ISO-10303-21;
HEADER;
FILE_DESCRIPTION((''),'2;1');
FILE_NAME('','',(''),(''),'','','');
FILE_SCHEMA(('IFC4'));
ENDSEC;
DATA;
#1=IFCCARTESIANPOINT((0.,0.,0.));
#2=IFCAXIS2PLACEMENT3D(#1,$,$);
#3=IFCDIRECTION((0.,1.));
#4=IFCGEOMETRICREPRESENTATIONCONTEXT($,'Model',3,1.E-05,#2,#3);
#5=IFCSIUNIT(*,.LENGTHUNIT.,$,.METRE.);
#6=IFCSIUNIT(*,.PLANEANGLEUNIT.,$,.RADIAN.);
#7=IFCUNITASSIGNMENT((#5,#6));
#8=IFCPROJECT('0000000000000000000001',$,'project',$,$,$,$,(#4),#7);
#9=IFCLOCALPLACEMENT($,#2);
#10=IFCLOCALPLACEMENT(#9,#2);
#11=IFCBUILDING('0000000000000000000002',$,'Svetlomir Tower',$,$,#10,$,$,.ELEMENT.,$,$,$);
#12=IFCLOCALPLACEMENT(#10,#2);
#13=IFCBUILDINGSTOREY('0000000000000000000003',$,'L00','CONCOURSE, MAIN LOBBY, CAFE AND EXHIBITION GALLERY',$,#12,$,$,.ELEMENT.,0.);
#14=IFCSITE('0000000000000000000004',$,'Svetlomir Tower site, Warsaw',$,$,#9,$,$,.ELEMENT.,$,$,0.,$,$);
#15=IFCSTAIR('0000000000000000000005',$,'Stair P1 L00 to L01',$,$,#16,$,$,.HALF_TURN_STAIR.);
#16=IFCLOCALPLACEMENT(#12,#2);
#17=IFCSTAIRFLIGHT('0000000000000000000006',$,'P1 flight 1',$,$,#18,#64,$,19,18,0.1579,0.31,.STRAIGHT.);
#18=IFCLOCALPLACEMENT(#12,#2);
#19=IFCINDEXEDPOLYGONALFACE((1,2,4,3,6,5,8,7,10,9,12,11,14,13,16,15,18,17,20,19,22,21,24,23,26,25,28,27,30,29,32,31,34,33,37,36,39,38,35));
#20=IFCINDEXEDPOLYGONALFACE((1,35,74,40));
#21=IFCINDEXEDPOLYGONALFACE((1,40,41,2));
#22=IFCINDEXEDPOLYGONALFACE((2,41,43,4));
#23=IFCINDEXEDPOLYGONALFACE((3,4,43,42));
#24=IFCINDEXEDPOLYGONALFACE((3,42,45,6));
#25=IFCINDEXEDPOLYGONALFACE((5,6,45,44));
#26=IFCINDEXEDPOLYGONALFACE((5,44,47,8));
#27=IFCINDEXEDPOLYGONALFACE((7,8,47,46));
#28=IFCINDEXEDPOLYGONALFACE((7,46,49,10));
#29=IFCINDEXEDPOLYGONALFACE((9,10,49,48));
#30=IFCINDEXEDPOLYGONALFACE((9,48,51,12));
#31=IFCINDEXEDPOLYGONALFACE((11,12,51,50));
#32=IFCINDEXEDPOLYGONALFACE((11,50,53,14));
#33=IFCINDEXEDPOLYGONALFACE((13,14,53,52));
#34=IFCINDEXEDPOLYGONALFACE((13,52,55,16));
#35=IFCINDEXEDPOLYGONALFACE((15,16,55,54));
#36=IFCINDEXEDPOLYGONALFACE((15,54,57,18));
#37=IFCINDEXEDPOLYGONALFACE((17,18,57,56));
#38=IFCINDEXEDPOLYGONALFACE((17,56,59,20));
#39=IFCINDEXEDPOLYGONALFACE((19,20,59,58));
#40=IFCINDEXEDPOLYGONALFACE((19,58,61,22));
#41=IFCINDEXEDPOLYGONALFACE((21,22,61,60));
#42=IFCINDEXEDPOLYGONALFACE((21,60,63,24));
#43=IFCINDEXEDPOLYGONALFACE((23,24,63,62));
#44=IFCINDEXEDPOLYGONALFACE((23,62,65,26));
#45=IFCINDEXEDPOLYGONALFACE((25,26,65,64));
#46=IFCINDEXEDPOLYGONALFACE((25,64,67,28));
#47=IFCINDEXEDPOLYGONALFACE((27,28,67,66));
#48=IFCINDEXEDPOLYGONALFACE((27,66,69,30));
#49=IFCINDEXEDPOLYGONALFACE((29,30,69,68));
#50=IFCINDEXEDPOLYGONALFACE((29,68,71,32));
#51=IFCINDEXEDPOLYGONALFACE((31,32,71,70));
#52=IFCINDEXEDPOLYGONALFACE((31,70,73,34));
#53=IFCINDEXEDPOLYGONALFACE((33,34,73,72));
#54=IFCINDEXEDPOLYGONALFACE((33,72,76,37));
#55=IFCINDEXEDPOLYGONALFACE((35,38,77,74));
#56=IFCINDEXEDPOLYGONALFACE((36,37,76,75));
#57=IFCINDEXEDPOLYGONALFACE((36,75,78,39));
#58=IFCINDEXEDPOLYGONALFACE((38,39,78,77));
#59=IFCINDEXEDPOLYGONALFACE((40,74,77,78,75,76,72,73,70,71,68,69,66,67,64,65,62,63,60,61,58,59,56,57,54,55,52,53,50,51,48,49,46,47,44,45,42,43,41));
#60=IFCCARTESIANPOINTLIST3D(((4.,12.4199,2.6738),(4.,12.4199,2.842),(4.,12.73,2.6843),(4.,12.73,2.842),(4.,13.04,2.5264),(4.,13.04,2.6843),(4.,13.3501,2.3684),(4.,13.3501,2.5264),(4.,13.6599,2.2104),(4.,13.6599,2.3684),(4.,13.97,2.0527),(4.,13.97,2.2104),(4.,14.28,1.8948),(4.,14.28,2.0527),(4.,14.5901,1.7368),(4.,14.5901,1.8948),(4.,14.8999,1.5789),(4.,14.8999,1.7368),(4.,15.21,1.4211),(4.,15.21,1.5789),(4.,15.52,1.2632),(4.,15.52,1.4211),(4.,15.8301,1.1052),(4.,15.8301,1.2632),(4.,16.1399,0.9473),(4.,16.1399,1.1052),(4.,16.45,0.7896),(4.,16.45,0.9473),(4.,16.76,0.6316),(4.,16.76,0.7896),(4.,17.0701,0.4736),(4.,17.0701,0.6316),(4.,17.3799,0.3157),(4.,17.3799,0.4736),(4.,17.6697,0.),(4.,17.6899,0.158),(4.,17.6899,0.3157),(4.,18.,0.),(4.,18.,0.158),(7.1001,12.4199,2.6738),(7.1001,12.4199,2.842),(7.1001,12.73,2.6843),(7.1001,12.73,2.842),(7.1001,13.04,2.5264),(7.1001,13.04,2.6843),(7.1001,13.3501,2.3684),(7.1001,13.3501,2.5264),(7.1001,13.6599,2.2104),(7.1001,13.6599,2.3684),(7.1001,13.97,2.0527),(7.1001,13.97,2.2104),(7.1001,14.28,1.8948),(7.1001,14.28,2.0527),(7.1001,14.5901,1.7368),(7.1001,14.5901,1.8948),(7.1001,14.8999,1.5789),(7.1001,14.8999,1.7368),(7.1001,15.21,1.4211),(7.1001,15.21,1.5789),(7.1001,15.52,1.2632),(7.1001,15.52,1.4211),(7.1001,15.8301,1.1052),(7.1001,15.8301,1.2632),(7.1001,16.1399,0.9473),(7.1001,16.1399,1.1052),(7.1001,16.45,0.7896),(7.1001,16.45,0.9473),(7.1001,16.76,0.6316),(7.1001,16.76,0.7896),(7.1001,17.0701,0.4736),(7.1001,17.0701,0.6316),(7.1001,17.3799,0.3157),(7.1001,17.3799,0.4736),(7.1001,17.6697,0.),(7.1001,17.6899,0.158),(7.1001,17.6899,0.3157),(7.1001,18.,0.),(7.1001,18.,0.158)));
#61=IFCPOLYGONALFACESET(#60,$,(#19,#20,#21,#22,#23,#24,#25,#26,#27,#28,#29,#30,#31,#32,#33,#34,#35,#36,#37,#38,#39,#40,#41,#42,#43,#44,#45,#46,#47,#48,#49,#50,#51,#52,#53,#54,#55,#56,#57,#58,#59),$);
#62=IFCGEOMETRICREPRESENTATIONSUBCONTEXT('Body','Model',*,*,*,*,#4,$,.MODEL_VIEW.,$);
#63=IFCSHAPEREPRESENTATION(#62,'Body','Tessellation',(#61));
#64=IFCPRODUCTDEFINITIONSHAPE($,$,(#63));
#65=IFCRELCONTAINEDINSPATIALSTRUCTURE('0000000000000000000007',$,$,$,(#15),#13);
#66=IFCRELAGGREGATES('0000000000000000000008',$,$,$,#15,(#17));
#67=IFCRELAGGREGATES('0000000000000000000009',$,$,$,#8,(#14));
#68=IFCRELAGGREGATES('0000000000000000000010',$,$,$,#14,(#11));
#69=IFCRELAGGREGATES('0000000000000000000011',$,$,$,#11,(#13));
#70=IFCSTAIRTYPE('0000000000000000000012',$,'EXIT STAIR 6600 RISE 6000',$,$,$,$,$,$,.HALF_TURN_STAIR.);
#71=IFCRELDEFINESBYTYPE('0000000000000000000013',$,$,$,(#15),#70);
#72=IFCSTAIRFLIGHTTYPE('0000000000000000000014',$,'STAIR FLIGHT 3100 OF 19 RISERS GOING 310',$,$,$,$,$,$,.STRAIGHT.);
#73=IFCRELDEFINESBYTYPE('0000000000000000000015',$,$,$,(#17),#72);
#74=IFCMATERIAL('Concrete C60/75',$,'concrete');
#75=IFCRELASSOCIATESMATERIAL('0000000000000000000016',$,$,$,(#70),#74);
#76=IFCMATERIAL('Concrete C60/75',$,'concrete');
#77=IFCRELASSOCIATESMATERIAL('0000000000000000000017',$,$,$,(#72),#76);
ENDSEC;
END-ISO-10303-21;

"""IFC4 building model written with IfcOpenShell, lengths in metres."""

from ifc_helpers import new_model, si_unit, direction, frame, origin, place, context, subcontext, project, spatial, polyline, outline, extrude, material, type_object, element, aggregate, save


model = new_model("IFC4")

# Units and contexts
model_context = context("Model", 3, precision=1e-05, world=origin(), true_north=direction((0.0, 1.0)))
body_context = subcontext(model_context, "Body", "Model", "MODEL_VIEW")
ifc_project = project(units=[si_unit("LENGTHUNIT", "METRE"), si_unit("PLANEANGLEUNIT", "RADIAN")], contexts=[model_context])

# Site, building, storey
site_placement = place(None, origin())
site = spatial("IfcSite", under=ifc_project, at=site_placement, Name="Svetlomir Tower site, Warsaw", CompositionType="ELEMENT", RefElevation=0.0)
building_placement = place(site_placement, origin())
building = spatial("IfcBuilding", under=site, at=building_placement, Name="Svetlomir Tower", CompositionType="ELEMENT")
storey_placement = place(building_placement, origin())
storey = spatial("IfcBuildingStorey", under=building, at=storey_placement, Name="L00", Description="CONCOURSE, MAIN LOBBY, CAFE AND EXHIBITION GALLERY", CompositionType="ELEMENT", Elevation=0.0)

# Stair, stair flight
ifc_material_1 = material(Name="Concrete C60/75", Category="concrete")
stair_type = type_object("IfcStairType", Name="EXIT STAIR 6600 RISE 6000", PredefinedType="HALF_TURN_STAIR", material=ifc_material_1)
stair_placement = place(storey_placement, origin())
stair = element("IfcStair", 1, at=stair_placement, inside=storey, type_object=stair_type, Name="Stair P1 L00 to L01", PredefinedType="HALF_TURN_STAIR")
ifc_material_2 = material(Name="Concrete C60/75", Category="concrete")
stair_flight_type = type_object("IfcStairFlightType", Name="STAIR FLIGHT 3100 OF 19 RISERS GOING 310", PredefinedType="STRAIGHT", material=ifc_material_2)
stair_flight_placement = place(storey_placement, frame((5.55, 18.0, 0.0), z_axis=(0.0, 0.0, 1.0), x_axis=(0.0, -1.0, 0.0)))
stair_flight = element("IfcStairFlight", 2, at=stair_flight_placement, type_object=stair_flight_type, Name="P1 flight 1", NumberOfRisers=19, NumberOfTreads=18, PredefinedType="STRAIGHT", RiserHeight=0.1579, TreadLength=0.31, context=body_context, shape_type="SweptSolid", body=[
    extrude(outline(polyline([(0.0, 0.0), (0.0, 0.158), (0.3101, 0.158), (0.3101, 0.3157), (0.6201, 0.3157), (0.6201, 0.4736), (0.9299, 0.4736), (0.9299, 0.6316), (1.24, 0.6316), (1.24, 0.7896), (1.55, 0.7896), (1.55, 0.9473), (1.8601, 0.9473), (1.8601, 1.1052), (2.1699, 1.1052), (2.1699, 1.2632), (2.48, 1.2632), (2.48, 1.4211), (2.79, 1.4211), (2.79, 1.5789), (3.1001, 1.5789), (3.1001, 1.7368), (3.4099, 1.7368), (3.4099, 1.8948), (3.72, 1.8948), (3.72, 2.0527), (4.03, 2.0527), (4.03, 2.2104), (4.3401, 2.2104), (4.3401, 2.3684), (4.6499, 2.3684), (4.6499, 2.5264), (4.96, 2.5264), (4.96, 2.6843), (5.27, 2.6843), (5.27, 2.842), (5.5801, 2.842), (5.5801, 3.0), (5.5801, 2.6738), (0.3303, 0.0), (0.0, 0.0)])), frame((0.0, 1.55, 0.0), z_axis=(0.0, -1.0, 0.0), x_axis=(1.0, 0.0, 0.0)), (0.0, 0.0, 1.0), 3.1001),
])
aggregate(stair, [stair_flight])

save(model, "model.ifc")
